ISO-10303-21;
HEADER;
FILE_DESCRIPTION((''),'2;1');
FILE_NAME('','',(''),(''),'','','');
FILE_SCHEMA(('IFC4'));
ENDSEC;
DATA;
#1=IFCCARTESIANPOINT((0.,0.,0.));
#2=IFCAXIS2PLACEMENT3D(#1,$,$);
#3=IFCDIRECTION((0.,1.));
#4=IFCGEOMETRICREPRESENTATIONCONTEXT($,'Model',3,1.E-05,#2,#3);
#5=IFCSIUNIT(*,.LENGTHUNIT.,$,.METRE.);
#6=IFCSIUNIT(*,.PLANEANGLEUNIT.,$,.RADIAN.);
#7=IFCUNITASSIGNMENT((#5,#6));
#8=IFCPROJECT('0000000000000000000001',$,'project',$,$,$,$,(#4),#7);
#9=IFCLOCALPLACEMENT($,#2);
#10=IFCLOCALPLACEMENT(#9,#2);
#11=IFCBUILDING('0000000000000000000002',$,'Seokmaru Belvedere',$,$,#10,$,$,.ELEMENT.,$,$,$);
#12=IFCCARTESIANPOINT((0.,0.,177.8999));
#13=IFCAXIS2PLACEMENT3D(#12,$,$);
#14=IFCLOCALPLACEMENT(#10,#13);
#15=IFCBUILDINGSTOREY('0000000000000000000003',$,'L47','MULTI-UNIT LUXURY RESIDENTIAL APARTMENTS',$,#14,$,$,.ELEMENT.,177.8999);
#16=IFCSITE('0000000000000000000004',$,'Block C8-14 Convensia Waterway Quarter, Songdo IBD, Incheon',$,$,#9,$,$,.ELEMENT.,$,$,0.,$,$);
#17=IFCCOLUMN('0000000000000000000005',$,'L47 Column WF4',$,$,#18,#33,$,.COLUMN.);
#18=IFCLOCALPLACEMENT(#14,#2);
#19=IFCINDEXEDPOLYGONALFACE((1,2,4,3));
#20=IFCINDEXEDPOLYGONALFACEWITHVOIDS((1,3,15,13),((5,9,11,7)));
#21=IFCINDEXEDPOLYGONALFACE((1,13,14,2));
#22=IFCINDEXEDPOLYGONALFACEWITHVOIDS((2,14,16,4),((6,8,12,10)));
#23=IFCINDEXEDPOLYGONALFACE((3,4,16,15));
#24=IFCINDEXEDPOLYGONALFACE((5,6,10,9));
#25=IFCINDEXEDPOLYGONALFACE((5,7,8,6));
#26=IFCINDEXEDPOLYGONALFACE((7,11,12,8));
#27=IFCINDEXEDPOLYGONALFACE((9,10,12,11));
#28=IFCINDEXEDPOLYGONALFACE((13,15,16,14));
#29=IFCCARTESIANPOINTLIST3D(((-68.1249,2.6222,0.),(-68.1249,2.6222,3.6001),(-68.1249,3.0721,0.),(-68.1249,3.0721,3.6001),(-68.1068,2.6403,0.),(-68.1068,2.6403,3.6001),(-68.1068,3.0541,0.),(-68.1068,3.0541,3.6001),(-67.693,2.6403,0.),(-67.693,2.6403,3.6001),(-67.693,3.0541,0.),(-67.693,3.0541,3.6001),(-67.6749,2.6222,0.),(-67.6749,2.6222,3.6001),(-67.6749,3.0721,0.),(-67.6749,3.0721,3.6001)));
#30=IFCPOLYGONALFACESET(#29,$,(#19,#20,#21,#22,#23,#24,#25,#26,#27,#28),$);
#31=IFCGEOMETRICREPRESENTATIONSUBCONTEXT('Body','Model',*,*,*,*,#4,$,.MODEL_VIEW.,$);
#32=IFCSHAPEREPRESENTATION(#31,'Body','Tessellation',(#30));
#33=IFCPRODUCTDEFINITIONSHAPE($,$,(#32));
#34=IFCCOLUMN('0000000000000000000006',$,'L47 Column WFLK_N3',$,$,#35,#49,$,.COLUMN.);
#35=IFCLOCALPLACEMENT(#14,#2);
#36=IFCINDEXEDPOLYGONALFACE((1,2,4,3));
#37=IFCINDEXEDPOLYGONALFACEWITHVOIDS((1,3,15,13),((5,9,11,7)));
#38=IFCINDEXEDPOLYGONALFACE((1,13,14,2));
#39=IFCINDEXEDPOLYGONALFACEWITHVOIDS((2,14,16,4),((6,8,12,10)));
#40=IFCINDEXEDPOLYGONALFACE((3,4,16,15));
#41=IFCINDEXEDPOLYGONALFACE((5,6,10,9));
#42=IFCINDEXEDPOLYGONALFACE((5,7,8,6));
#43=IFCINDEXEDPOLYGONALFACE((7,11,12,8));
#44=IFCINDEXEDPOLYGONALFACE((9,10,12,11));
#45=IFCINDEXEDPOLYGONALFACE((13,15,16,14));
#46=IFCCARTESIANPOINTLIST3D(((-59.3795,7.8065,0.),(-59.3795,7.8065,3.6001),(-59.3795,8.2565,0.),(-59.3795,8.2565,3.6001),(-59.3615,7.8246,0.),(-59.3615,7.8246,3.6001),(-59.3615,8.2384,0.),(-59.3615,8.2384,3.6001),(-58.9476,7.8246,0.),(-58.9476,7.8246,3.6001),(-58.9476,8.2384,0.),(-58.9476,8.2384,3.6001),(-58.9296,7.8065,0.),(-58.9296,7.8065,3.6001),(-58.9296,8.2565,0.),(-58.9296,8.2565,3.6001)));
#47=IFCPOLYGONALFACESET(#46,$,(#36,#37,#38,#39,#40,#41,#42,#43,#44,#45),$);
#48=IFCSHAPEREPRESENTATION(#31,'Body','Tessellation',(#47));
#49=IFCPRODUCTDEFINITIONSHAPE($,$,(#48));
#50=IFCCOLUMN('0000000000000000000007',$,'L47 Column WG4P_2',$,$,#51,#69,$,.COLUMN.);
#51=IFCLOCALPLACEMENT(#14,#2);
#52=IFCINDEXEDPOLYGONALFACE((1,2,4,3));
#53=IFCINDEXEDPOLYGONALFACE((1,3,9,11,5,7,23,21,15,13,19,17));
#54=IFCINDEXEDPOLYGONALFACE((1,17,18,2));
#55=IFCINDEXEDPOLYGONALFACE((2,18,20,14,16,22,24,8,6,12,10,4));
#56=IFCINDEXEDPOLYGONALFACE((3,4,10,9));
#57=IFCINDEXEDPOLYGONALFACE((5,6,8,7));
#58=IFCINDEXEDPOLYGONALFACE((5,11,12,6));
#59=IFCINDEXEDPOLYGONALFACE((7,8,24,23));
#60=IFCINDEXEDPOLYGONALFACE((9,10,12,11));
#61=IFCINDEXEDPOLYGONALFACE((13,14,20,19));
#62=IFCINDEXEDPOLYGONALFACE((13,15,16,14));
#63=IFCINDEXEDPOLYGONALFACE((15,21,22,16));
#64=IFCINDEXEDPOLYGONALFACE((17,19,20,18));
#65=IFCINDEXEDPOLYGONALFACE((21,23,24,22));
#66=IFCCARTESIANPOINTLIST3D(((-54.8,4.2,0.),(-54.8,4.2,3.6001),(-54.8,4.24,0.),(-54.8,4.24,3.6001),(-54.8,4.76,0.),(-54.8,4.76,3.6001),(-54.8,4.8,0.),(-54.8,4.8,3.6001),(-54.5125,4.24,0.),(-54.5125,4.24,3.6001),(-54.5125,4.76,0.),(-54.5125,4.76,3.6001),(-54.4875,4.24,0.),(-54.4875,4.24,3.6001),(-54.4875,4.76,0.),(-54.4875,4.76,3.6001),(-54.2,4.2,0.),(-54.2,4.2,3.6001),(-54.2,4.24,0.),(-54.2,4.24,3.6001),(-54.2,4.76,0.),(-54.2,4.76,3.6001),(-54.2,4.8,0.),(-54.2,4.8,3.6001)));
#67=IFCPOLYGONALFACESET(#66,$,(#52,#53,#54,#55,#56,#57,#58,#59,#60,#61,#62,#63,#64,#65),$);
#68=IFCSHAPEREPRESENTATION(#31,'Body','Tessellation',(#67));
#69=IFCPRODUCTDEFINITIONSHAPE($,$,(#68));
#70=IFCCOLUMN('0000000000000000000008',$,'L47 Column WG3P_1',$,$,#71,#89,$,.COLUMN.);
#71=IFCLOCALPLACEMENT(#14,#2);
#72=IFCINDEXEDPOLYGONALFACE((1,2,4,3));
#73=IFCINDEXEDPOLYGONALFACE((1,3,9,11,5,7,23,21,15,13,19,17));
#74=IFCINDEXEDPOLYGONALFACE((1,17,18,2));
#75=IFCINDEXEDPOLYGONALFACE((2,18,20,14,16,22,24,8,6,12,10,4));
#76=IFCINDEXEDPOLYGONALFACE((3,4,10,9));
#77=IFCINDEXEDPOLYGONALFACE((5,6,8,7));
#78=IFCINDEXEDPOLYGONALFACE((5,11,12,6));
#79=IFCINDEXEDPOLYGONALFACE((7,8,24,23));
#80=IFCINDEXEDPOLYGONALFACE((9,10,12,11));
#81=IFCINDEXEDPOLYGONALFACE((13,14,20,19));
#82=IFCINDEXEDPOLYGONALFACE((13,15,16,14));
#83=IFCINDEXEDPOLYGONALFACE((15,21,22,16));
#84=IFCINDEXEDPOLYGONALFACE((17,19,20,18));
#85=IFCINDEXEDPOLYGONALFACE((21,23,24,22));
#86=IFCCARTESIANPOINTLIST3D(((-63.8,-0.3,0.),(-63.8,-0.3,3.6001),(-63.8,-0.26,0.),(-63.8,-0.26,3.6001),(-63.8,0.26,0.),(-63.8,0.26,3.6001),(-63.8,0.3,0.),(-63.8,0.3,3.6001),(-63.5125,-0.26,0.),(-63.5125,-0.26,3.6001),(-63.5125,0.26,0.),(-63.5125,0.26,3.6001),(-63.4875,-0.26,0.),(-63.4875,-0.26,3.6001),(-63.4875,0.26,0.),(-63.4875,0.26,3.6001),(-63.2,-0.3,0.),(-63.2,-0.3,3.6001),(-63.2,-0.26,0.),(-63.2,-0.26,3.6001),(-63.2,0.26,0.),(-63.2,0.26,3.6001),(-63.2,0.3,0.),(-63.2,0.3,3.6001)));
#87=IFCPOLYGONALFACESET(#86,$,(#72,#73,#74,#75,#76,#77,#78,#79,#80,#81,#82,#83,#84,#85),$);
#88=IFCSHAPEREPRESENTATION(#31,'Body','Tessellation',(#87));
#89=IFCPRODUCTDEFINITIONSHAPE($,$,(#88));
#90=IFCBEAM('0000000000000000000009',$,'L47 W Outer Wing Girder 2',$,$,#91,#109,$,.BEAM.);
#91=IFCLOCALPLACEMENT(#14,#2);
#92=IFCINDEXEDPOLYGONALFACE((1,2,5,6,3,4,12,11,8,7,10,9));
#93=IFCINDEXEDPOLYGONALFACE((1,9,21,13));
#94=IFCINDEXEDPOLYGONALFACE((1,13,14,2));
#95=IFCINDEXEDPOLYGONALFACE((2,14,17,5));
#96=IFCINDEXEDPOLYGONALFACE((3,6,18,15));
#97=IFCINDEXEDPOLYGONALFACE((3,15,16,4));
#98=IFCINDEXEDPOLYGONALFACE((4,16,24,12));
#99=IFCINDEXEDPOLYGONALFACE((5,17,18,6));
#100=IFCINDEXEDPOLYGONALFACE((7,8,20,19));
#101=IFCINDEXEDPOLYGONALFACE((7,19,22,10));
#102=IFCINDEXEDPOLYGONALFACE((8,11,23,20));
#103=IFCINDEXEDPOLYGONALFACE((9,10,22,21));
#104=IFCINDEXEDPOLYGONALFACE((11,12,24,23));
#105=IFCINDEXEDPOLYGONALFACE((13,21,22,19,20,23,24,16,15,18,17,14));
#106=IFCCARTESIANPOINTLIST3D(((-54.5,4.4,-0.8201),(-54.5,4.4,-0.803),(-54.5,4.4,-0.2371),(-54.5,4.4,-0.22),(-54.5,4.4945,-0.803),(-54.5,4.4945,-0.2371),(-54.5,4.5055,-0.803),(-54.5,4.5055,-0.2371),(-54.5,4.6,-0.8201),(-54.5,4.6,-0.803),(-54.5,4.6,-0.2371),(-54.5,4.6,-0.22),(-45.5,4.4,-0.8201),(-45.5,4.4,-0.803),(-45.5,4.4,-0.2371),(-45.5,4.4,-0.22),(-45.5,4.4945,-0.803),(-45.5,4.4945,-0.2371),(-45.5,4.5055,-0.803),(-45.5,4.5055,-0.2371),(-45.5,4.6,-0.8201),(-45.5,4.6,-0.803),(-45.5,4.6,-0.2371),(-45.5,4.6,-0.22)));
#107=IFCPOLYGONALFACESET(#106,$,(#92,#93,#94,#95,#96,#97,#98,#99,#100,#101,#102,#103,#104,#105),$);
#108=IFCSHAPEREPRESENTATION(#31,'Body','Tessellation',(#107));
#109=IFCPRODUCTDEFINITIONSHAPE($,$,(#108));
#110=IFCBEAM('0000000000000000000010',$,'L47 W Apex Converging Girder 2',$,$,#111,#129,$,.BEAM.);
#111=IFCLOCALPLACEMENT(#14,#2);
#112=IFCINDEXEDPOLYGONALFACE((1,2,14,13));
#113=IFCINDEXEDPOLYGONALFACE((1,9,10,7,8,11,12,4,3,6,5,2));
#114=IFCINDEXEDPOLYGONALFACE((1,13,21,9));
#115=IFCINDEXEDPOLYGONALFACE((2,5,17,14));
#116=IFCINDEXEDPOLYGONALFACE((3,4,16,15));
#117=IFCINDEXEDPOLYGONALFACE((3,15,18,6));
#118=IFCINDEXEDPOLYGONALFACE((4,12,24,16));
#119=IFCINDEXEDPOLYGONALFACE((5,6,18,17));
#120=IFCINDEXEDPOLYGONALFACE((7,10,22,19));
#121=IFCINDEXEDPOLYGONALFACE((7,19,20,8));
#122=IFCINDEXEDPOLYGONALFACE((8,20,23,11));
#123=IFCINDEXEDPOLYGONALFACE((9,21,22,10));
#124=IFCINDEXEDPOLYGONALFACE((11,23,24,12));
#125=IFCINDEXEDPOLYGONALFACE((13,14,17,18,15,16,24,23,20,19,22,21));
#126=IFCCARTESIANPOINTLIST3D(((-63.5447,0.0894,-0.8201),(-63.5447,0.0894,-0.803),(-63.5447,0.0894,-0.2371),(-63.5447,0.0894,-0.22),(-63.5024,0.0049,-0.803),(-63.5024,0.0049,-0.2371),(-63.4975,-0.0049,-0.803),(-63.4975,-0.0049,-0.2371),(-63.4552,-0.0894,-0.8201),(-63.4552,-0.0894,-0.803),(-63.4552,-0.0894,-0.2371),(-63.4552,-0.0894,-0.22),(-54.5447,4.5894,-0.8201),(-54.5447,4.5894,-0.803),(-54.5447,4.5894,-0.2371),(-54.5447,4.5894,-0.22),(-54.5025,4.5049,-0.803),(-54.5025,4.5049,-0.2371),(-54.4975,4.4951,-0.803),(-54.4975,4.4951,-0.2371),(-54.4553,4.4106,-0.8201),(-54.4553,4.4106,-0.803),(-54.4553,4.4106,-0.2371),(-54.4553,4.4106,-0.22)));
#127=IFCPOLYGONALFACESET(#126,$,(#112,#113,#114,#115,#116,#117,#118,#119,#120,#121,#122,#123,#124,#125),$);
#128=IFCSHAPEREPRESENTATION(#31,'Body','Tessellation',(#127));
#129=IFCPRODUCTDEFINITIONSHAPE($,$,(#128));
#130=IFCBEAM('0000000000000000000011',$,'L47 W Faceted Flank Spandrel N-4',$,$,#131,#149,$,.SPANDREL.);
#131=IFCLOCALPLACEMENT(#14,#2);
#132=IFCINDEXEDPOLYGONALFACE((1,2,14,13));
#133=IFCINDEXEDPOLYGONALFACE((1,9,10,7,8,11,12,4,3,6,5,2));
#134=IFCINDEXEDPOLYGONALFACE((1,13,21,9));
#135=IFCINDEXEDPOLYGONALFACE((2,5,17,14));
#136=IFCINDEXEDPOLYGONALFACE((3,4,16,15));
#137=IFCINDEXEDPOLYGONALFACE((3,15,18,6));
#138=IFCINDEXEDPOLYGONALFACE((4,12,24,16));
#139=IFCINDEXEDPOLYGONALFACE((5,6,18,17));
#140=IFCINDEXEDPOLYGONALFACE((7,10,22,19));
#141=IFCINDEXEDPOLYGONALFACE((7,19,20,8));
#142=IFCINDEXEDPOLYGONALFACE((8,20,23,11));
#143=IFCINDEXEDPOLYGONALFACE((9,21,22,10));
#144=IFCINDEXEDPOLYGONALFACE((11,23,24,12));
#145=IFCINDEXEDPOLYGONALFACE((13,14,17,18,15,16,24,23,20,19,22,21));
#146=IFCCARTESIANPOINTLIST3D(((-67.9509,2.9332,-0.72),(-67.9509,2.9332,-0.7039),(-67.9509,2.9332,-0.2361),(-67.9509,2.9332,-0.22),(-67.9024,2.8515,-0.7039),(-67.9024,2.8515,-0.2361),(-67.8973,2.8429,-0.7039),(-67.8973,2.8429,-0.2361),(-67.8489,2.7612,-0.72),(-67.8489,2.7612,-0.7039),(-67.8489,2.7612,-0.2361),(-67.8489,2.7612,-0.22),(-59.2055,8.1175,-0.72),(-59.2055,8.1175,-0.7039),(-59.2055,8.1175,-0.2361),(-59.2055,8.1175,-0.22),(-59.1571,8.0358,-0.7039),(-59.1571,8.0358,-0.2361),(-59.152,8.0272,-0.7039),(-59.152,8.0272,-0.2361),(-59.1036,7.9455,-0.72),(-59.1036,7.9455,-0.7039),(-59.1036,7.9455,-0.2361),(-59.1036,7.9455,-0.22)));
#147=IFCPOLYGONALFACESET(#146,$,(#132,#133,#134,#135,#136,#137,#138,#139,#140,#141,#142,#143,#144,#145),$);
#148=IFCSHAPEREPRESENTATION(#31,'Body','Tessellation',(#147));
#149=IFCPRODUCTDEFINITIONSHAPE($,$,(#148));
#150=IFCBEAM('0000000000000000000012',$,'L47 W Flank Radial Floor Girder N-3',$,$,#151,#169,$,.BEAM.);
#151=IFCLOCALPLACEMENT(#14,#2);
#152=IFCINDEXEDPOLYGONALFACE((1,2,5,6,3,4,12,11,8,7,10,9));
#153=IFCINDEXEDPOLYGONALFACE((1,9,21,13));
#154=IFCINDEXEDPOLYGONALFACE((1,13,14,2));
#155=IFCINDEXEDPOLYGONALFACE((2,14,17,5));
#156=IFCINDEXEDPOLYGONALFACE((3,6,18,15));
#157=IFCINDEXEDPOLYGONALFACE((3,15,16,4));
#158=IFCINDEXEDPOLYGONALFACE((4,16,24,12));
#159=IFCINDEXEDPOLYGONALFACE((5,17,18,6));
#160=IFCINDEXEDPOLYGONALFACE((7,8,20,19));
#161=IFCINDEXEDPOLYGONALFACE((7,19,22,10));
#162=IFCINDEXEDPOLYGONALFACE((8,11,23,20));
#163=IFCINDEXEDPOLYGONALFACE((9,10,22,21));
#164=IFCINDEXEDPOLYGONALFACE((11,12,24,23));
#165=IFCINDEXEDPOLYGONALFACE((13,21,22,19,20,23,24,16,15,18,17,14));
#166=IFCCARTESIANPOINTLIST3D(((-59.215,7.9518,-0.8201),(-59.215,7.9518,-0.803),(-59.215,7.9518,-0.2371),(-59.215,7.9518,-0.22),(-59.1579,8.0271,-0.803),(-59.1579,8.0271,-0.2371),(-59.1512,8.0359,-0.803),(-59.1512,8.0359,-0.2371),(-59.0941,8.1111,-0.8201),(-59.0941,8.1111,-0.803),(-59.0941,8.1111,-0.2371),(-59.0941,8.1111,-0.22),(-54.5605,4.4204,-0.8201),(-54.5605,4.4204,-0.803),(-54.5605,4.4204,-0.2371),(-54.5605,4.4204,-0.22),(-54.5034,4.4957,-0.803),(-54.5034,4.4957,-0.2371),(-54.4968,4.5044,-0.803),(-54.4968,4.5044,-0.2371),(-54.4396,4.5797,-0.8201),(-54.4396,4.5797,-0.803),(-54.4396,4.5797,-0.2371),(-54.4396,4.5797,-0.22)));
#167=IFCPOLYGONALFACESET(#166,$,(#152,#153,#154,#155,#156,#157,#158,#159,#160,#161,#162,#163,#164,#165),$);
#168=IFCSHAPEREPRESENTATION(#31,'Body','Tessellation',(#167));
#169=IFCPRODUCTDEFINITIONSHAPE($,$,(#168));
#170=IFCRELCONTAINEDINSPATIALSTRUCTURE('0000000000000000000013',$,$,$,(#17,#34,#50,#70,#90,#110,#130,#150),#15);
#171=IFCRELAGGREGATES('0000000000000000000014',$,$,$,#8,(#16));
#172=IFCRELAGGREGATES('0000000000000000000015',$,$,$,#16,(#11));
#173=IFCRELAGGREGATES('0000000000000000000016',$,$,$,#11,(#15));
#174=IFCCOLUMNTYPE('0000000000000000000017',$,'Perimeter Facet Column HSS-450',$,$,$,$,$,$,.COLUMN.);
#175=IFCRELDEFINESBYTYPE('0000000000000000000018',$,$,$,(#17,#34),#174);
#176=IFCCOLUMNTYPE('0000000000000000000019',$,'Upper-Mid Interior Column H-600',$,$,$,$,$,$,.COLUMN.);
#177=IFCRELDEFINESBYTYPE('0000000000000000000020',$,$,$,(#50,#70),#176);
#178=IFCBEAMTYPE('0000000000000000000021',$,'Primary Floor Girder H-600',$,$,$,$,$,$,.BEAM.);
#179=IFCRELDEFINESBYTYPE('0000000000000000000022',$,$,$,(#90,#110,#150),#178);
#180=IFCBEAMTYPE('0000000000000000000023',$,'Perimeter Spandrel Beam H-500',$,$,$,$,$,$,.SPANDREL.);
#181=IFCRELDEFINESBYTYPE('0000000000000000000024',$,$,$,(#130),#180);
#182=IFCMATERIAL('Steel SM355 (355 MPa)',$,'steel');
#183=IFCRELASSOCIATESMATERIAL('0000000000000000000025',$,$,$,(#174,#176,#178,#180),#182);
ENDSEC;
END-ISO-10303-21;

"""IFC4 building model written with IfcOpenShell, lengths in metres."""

from ifc_helpers import new_model, si_unit, direction, frame, origin, origin_2d, place, context, subcontext, project, spatial, hollow_rectangle, i_section, extrude, source, transform, mapped, material, material_profile, profile_set, type_object, type_shapes, element, save


model = new_model("IFC4")

# Units and contexts
model_context = context("Model", 3, precision=1e-05, world=origin(), true_north=direction((0.0, 1.0)))
body_context = subcontext(model_context, "Body", "Model", "MODEL_VIEW")
ifc_project = project(units=[si_unit("LENGTHUNIT", "METRE"), si_unit("PLANEANGLEUNIT", "RADIAN")], contexts=[model_context])

# Site, building, storey
site_placement = place(None, origin())
site = spatial("IfcSite", under=ifc_project, at=site_placement, Name="Block C8-14 Convensia Waterway Quarter, Songdo IBD, Incheon", CompositionType="ELEMENT", RefElevation=0.0)
building_placement = place(site_placement, origin())
building = spatial("IfcBuilding", under=site, at=building_placement, Name="Seokmaru Belvedere", CompositionType="ELEMENT")
storey_placement = place(building_placement, frame((0.0, 0.0, 177.8999)))
storey = spatial("IfcBuildingStorey", under=building, at=storey_placement, Name="L47", Description="MULTI-UNIT LUXURY RESIDENTIAL APARTMENTS", CompositionType="ELEMENT", Elevation=177.8999)

# Columns
ifc_material_1 = material(Name="Steel SM355 (355 MPa)", Category="steel")
ifc_material_profile_1 = material_profile(ifc_material_1, hollow_rectangle(XDim=0.45, YDim=0.45, WallThickness=0.0181, at=origin_2d()), Name="HSS-450x450x18")
ifc_profile_set_1 = profile_set([ifc_material_profile_1], Name="Steel SM355 (355 MPa)")
column_type_1 = type_object("IfcColumnType", Name="Perimeter Facet Column HSS-450", PredefinedType="COLUMN", material=ifc_profile_set_1)
shared_shape_1 = source(origin(), body_context, "Body", "SweptSolid", [
    extrude(hollow_rectangle(XDim=0.45, YDim=0.45, WallThickness=0.0181, at=origin_2d()), origin(), (0.0, 0.0, 1.0), 3.6001),
])
type_shapes(column_type_1, [shared_shape_1])
for number, where, z_axis, x_axis, name in (
    (1, (-67.8999, 2.8472, 0.0), (0.0, 0.0, 1.0), (1.0, 0.0, 0.0), "L47 Column WF4"),
    (2, (-59.1545, 8.0315, 0.0), (0.0, 0.0, 1.0), (1.0, 0.0, 0.0), "L47 Column WFLK_N3"),
):
    element("IfcColumn", number, at=place(storey_placement, frame(where, z_axis=z_axis, x_axis=x_axis)), inside=storey, type_object=column_type_1, Name=name, PredefinedType="COLUMN", context=body_context, shape_type="MappedRepresentation", body=[
        mapped(shared_shape_1, transform((0.0, 0.0, 0.0), scale=1.0)),
    ])
ifc_material_profile_2 = material_profile(ifc_material_1, i_section(OverallWidth=0.6001, OverallDepth=0.6001, WebThickness=0.0249, FlangeThickness=0.04, at=origin_2d()), Name="H-600x600x25x40")
ifc_profile_set_2 = profile_set([ifc_material_profile_2], Name="Steel SM355 (355 MPa)")
column_type_2 = type_object("IfcColumnType", Name="Upper-Mid Interior Column H-600", PredefinedType="COLUMN", material=ifc_profile_set_2)
shared_shape_2 = source(origin(), body_context, "Body", "SweptSolid", [
    extrude(i_section(OverallWidth=0.6001, OverallDepth=0.6001, WebThickness=0.0249, FlangeThickness=0.04, at=origin_2d()), origin(), (0.0, 0.0, 1.0), 3.6001),
])
type_shapes(column_type_2, [shared_shape_2])
for number, where, z_axis, x_axis, name in (
    (3, (-54.5, 4.5, 0.0), (0.0, 0.0, 1.0), (1.0, 0.0, 0.0), "L47 Column WG4P_2"),
    (4, (-63.5, 0.0, 0.0), (0.0, 0.0, 1.0), (1.0, 0.0, 0.0), "L47 Column WG3P_1"),
):
    element("IfcColumn", number, at=place(storey_placement, frame(where, z_axis=z_axis, x_axis=x_axis)), inside=storey, type_object=column_type_2, Name=name, PredefinedType="COLUMN", context=body_context, shape_type="MappedRepresentation", body=[
        mapped(shared_shape_2, transform((0.0, 0.0, 0.0), scale=1.0)),
    ])

# Beams
ifc_material_profile_3 = material_profile(ifc_material_1, i_section(OverallWidth=0.2, OverallDepth=0.6001, WebThickness=0.011, FlangeThickness=0.0171, at=origin_2d()), Name="H-600x200x11x17")
ifc_profile_set_3 = profile_set([ifc_material_profile_3], Name="Steel SM355 (355 MPa)")
beam_type_1 = type_object("IfcBeamType", Name="Primary Floor Girder H-600", PredefinedType="BEAM", material=ifc_profile_set_3)
shared_shape_3 = source(origin(), body_context, "Body", "SweptSolid", [
    extrude(i_section(OverallWidth=0.2, OverallDepth=0.6001, WebThickness=0.011, FlangeThickness=0.0171, at=origin_2d()), origin(), (0.0, 0.0, 1.0), 9.0),
])
beam_1_placement = place(storey_placement, frame((-54.5, 4.5, -0.52), z_axis=(1.0, 0.0, 0.0), x_axis=(0.0, 1.0, 0.0)))
element("IfcBeam", 5, at=beam_1_placement, inside=storey, type_object=beam_type_1, Name="L47 W Outer Wing Girder 2", PredefinedType="BEAM", context=body_context, shape_type="MappedRepresentation", body=[
    mapped(shared_shape_3, transform((0.0, 0.0, 0.0), scale=1.0)),
])
shared_shape_4 = source(origin(), body_context, "Body", "SweptSolid", [
    extrude(i_section(OverallWidth=0.2, OverallDepth=0.6001, WebThickness=0.011, FlangeThickness=0.0171, at=origin_2d()), origin(), (0.0, 0.0, 1.0), 10.0623),
])
beam_2_placement = place(storey_placement, frame((-54.5, 4.5, -0.52), z_axis=(-0.894427, -0.447214, 0.0), x_axis=(0.447214, -0.894427, 0.0)))
element("IfcBeam", 6, at=beam_2_placement, inside=storey, type_object=beam_type_1, Name="L47 W Apex Converging Girder 2", PredefinedType="BEAM", context=body_context, shape_type="MappedRepresentation", body=[
    mapped(shared_shape_4, transform((0.0, 0.0, 0.0), scale=1.0)),
])
ifc_material_profile_4 = material_profile(ifc_material_1, i_section(OverallWidth=0.2, OverallDepth=0.5, WebThickness=0.01, FlangeThickness=0.0161, at=origin_2d()), Name="H-500x200x10x16")
ifc_profile_set_4 = profile_set([ifc_material_profile_4], Name="Steel SM355 (355 MPa)")
beam_type_2 = type_object("IfcBeamType", Name="Perimeter Spandrel Beam H-500", PredefinedType="SPANDREL", material=ifc_profile_set_4)
shared_shape_5 = source(origin(), body_context, "Body", "SweptSolid", [
    extrude(i_section(OverallWidth=0.2, OverallDepth=0.5, WebThickness=0.01, FlangeThickness=0.0161, at=origin_2d()), origin(), (0.0, 0.0, 1.0), 10.1665),
])
type_shapes(beam_type_2, [shared_shape_5])
beam_3_placement = place(storey_placement, frame((-59.1545, 8.0315, -0.47), z_axis=(-0.86021, -0.50994, 0.0), x_axis=(0.50994, -0.86021, 0.0)))
element("IfcBeam", 7, at=beam_3_placement, inside=storey, type_object=beam_type_2, Name="L47 W Faceted Flank Spandrel N-4", PredefinedType="SPANDREL", context=body_context, shape_type="MappedRepresentation", body=[
    mapped(shared_shape_5, transform((0.0, 0.0, 0.0), scale=1.0)),
])
shared_shape_6 = source(origin(), body_context, "Body", "SweptSolid", [
    extrude(i_section(OverallWidth=0.2, OverallDepth=0.6001, WebThickness=0.011, FlangeThickness=0.0171, at=origin_2d()), origin(), (0.0, 0.0, 1.0), 5.8425),
])
beam_4_placement = place(storey_placement, frame((-59.1545, 8.0315, -0.52), z_axis=(0.796653, -0.604437, 0.0), x_axis=(0.604437, 0.796653, 0.0)))
element("IfcBeam", 8, at=beam_4_placement, inside=storey, type_object=beam_type_1, Name="L47 W Flank Radial Floor Girder N-3", PredefinedType="BEAM", context=body_context, shape_type="MappedRepresentation", body=[
    mapped(shared_shape_6, transform((0.0, 0.0, 0.0), scale=1.0)),
])

save(model, "model.ifc")
